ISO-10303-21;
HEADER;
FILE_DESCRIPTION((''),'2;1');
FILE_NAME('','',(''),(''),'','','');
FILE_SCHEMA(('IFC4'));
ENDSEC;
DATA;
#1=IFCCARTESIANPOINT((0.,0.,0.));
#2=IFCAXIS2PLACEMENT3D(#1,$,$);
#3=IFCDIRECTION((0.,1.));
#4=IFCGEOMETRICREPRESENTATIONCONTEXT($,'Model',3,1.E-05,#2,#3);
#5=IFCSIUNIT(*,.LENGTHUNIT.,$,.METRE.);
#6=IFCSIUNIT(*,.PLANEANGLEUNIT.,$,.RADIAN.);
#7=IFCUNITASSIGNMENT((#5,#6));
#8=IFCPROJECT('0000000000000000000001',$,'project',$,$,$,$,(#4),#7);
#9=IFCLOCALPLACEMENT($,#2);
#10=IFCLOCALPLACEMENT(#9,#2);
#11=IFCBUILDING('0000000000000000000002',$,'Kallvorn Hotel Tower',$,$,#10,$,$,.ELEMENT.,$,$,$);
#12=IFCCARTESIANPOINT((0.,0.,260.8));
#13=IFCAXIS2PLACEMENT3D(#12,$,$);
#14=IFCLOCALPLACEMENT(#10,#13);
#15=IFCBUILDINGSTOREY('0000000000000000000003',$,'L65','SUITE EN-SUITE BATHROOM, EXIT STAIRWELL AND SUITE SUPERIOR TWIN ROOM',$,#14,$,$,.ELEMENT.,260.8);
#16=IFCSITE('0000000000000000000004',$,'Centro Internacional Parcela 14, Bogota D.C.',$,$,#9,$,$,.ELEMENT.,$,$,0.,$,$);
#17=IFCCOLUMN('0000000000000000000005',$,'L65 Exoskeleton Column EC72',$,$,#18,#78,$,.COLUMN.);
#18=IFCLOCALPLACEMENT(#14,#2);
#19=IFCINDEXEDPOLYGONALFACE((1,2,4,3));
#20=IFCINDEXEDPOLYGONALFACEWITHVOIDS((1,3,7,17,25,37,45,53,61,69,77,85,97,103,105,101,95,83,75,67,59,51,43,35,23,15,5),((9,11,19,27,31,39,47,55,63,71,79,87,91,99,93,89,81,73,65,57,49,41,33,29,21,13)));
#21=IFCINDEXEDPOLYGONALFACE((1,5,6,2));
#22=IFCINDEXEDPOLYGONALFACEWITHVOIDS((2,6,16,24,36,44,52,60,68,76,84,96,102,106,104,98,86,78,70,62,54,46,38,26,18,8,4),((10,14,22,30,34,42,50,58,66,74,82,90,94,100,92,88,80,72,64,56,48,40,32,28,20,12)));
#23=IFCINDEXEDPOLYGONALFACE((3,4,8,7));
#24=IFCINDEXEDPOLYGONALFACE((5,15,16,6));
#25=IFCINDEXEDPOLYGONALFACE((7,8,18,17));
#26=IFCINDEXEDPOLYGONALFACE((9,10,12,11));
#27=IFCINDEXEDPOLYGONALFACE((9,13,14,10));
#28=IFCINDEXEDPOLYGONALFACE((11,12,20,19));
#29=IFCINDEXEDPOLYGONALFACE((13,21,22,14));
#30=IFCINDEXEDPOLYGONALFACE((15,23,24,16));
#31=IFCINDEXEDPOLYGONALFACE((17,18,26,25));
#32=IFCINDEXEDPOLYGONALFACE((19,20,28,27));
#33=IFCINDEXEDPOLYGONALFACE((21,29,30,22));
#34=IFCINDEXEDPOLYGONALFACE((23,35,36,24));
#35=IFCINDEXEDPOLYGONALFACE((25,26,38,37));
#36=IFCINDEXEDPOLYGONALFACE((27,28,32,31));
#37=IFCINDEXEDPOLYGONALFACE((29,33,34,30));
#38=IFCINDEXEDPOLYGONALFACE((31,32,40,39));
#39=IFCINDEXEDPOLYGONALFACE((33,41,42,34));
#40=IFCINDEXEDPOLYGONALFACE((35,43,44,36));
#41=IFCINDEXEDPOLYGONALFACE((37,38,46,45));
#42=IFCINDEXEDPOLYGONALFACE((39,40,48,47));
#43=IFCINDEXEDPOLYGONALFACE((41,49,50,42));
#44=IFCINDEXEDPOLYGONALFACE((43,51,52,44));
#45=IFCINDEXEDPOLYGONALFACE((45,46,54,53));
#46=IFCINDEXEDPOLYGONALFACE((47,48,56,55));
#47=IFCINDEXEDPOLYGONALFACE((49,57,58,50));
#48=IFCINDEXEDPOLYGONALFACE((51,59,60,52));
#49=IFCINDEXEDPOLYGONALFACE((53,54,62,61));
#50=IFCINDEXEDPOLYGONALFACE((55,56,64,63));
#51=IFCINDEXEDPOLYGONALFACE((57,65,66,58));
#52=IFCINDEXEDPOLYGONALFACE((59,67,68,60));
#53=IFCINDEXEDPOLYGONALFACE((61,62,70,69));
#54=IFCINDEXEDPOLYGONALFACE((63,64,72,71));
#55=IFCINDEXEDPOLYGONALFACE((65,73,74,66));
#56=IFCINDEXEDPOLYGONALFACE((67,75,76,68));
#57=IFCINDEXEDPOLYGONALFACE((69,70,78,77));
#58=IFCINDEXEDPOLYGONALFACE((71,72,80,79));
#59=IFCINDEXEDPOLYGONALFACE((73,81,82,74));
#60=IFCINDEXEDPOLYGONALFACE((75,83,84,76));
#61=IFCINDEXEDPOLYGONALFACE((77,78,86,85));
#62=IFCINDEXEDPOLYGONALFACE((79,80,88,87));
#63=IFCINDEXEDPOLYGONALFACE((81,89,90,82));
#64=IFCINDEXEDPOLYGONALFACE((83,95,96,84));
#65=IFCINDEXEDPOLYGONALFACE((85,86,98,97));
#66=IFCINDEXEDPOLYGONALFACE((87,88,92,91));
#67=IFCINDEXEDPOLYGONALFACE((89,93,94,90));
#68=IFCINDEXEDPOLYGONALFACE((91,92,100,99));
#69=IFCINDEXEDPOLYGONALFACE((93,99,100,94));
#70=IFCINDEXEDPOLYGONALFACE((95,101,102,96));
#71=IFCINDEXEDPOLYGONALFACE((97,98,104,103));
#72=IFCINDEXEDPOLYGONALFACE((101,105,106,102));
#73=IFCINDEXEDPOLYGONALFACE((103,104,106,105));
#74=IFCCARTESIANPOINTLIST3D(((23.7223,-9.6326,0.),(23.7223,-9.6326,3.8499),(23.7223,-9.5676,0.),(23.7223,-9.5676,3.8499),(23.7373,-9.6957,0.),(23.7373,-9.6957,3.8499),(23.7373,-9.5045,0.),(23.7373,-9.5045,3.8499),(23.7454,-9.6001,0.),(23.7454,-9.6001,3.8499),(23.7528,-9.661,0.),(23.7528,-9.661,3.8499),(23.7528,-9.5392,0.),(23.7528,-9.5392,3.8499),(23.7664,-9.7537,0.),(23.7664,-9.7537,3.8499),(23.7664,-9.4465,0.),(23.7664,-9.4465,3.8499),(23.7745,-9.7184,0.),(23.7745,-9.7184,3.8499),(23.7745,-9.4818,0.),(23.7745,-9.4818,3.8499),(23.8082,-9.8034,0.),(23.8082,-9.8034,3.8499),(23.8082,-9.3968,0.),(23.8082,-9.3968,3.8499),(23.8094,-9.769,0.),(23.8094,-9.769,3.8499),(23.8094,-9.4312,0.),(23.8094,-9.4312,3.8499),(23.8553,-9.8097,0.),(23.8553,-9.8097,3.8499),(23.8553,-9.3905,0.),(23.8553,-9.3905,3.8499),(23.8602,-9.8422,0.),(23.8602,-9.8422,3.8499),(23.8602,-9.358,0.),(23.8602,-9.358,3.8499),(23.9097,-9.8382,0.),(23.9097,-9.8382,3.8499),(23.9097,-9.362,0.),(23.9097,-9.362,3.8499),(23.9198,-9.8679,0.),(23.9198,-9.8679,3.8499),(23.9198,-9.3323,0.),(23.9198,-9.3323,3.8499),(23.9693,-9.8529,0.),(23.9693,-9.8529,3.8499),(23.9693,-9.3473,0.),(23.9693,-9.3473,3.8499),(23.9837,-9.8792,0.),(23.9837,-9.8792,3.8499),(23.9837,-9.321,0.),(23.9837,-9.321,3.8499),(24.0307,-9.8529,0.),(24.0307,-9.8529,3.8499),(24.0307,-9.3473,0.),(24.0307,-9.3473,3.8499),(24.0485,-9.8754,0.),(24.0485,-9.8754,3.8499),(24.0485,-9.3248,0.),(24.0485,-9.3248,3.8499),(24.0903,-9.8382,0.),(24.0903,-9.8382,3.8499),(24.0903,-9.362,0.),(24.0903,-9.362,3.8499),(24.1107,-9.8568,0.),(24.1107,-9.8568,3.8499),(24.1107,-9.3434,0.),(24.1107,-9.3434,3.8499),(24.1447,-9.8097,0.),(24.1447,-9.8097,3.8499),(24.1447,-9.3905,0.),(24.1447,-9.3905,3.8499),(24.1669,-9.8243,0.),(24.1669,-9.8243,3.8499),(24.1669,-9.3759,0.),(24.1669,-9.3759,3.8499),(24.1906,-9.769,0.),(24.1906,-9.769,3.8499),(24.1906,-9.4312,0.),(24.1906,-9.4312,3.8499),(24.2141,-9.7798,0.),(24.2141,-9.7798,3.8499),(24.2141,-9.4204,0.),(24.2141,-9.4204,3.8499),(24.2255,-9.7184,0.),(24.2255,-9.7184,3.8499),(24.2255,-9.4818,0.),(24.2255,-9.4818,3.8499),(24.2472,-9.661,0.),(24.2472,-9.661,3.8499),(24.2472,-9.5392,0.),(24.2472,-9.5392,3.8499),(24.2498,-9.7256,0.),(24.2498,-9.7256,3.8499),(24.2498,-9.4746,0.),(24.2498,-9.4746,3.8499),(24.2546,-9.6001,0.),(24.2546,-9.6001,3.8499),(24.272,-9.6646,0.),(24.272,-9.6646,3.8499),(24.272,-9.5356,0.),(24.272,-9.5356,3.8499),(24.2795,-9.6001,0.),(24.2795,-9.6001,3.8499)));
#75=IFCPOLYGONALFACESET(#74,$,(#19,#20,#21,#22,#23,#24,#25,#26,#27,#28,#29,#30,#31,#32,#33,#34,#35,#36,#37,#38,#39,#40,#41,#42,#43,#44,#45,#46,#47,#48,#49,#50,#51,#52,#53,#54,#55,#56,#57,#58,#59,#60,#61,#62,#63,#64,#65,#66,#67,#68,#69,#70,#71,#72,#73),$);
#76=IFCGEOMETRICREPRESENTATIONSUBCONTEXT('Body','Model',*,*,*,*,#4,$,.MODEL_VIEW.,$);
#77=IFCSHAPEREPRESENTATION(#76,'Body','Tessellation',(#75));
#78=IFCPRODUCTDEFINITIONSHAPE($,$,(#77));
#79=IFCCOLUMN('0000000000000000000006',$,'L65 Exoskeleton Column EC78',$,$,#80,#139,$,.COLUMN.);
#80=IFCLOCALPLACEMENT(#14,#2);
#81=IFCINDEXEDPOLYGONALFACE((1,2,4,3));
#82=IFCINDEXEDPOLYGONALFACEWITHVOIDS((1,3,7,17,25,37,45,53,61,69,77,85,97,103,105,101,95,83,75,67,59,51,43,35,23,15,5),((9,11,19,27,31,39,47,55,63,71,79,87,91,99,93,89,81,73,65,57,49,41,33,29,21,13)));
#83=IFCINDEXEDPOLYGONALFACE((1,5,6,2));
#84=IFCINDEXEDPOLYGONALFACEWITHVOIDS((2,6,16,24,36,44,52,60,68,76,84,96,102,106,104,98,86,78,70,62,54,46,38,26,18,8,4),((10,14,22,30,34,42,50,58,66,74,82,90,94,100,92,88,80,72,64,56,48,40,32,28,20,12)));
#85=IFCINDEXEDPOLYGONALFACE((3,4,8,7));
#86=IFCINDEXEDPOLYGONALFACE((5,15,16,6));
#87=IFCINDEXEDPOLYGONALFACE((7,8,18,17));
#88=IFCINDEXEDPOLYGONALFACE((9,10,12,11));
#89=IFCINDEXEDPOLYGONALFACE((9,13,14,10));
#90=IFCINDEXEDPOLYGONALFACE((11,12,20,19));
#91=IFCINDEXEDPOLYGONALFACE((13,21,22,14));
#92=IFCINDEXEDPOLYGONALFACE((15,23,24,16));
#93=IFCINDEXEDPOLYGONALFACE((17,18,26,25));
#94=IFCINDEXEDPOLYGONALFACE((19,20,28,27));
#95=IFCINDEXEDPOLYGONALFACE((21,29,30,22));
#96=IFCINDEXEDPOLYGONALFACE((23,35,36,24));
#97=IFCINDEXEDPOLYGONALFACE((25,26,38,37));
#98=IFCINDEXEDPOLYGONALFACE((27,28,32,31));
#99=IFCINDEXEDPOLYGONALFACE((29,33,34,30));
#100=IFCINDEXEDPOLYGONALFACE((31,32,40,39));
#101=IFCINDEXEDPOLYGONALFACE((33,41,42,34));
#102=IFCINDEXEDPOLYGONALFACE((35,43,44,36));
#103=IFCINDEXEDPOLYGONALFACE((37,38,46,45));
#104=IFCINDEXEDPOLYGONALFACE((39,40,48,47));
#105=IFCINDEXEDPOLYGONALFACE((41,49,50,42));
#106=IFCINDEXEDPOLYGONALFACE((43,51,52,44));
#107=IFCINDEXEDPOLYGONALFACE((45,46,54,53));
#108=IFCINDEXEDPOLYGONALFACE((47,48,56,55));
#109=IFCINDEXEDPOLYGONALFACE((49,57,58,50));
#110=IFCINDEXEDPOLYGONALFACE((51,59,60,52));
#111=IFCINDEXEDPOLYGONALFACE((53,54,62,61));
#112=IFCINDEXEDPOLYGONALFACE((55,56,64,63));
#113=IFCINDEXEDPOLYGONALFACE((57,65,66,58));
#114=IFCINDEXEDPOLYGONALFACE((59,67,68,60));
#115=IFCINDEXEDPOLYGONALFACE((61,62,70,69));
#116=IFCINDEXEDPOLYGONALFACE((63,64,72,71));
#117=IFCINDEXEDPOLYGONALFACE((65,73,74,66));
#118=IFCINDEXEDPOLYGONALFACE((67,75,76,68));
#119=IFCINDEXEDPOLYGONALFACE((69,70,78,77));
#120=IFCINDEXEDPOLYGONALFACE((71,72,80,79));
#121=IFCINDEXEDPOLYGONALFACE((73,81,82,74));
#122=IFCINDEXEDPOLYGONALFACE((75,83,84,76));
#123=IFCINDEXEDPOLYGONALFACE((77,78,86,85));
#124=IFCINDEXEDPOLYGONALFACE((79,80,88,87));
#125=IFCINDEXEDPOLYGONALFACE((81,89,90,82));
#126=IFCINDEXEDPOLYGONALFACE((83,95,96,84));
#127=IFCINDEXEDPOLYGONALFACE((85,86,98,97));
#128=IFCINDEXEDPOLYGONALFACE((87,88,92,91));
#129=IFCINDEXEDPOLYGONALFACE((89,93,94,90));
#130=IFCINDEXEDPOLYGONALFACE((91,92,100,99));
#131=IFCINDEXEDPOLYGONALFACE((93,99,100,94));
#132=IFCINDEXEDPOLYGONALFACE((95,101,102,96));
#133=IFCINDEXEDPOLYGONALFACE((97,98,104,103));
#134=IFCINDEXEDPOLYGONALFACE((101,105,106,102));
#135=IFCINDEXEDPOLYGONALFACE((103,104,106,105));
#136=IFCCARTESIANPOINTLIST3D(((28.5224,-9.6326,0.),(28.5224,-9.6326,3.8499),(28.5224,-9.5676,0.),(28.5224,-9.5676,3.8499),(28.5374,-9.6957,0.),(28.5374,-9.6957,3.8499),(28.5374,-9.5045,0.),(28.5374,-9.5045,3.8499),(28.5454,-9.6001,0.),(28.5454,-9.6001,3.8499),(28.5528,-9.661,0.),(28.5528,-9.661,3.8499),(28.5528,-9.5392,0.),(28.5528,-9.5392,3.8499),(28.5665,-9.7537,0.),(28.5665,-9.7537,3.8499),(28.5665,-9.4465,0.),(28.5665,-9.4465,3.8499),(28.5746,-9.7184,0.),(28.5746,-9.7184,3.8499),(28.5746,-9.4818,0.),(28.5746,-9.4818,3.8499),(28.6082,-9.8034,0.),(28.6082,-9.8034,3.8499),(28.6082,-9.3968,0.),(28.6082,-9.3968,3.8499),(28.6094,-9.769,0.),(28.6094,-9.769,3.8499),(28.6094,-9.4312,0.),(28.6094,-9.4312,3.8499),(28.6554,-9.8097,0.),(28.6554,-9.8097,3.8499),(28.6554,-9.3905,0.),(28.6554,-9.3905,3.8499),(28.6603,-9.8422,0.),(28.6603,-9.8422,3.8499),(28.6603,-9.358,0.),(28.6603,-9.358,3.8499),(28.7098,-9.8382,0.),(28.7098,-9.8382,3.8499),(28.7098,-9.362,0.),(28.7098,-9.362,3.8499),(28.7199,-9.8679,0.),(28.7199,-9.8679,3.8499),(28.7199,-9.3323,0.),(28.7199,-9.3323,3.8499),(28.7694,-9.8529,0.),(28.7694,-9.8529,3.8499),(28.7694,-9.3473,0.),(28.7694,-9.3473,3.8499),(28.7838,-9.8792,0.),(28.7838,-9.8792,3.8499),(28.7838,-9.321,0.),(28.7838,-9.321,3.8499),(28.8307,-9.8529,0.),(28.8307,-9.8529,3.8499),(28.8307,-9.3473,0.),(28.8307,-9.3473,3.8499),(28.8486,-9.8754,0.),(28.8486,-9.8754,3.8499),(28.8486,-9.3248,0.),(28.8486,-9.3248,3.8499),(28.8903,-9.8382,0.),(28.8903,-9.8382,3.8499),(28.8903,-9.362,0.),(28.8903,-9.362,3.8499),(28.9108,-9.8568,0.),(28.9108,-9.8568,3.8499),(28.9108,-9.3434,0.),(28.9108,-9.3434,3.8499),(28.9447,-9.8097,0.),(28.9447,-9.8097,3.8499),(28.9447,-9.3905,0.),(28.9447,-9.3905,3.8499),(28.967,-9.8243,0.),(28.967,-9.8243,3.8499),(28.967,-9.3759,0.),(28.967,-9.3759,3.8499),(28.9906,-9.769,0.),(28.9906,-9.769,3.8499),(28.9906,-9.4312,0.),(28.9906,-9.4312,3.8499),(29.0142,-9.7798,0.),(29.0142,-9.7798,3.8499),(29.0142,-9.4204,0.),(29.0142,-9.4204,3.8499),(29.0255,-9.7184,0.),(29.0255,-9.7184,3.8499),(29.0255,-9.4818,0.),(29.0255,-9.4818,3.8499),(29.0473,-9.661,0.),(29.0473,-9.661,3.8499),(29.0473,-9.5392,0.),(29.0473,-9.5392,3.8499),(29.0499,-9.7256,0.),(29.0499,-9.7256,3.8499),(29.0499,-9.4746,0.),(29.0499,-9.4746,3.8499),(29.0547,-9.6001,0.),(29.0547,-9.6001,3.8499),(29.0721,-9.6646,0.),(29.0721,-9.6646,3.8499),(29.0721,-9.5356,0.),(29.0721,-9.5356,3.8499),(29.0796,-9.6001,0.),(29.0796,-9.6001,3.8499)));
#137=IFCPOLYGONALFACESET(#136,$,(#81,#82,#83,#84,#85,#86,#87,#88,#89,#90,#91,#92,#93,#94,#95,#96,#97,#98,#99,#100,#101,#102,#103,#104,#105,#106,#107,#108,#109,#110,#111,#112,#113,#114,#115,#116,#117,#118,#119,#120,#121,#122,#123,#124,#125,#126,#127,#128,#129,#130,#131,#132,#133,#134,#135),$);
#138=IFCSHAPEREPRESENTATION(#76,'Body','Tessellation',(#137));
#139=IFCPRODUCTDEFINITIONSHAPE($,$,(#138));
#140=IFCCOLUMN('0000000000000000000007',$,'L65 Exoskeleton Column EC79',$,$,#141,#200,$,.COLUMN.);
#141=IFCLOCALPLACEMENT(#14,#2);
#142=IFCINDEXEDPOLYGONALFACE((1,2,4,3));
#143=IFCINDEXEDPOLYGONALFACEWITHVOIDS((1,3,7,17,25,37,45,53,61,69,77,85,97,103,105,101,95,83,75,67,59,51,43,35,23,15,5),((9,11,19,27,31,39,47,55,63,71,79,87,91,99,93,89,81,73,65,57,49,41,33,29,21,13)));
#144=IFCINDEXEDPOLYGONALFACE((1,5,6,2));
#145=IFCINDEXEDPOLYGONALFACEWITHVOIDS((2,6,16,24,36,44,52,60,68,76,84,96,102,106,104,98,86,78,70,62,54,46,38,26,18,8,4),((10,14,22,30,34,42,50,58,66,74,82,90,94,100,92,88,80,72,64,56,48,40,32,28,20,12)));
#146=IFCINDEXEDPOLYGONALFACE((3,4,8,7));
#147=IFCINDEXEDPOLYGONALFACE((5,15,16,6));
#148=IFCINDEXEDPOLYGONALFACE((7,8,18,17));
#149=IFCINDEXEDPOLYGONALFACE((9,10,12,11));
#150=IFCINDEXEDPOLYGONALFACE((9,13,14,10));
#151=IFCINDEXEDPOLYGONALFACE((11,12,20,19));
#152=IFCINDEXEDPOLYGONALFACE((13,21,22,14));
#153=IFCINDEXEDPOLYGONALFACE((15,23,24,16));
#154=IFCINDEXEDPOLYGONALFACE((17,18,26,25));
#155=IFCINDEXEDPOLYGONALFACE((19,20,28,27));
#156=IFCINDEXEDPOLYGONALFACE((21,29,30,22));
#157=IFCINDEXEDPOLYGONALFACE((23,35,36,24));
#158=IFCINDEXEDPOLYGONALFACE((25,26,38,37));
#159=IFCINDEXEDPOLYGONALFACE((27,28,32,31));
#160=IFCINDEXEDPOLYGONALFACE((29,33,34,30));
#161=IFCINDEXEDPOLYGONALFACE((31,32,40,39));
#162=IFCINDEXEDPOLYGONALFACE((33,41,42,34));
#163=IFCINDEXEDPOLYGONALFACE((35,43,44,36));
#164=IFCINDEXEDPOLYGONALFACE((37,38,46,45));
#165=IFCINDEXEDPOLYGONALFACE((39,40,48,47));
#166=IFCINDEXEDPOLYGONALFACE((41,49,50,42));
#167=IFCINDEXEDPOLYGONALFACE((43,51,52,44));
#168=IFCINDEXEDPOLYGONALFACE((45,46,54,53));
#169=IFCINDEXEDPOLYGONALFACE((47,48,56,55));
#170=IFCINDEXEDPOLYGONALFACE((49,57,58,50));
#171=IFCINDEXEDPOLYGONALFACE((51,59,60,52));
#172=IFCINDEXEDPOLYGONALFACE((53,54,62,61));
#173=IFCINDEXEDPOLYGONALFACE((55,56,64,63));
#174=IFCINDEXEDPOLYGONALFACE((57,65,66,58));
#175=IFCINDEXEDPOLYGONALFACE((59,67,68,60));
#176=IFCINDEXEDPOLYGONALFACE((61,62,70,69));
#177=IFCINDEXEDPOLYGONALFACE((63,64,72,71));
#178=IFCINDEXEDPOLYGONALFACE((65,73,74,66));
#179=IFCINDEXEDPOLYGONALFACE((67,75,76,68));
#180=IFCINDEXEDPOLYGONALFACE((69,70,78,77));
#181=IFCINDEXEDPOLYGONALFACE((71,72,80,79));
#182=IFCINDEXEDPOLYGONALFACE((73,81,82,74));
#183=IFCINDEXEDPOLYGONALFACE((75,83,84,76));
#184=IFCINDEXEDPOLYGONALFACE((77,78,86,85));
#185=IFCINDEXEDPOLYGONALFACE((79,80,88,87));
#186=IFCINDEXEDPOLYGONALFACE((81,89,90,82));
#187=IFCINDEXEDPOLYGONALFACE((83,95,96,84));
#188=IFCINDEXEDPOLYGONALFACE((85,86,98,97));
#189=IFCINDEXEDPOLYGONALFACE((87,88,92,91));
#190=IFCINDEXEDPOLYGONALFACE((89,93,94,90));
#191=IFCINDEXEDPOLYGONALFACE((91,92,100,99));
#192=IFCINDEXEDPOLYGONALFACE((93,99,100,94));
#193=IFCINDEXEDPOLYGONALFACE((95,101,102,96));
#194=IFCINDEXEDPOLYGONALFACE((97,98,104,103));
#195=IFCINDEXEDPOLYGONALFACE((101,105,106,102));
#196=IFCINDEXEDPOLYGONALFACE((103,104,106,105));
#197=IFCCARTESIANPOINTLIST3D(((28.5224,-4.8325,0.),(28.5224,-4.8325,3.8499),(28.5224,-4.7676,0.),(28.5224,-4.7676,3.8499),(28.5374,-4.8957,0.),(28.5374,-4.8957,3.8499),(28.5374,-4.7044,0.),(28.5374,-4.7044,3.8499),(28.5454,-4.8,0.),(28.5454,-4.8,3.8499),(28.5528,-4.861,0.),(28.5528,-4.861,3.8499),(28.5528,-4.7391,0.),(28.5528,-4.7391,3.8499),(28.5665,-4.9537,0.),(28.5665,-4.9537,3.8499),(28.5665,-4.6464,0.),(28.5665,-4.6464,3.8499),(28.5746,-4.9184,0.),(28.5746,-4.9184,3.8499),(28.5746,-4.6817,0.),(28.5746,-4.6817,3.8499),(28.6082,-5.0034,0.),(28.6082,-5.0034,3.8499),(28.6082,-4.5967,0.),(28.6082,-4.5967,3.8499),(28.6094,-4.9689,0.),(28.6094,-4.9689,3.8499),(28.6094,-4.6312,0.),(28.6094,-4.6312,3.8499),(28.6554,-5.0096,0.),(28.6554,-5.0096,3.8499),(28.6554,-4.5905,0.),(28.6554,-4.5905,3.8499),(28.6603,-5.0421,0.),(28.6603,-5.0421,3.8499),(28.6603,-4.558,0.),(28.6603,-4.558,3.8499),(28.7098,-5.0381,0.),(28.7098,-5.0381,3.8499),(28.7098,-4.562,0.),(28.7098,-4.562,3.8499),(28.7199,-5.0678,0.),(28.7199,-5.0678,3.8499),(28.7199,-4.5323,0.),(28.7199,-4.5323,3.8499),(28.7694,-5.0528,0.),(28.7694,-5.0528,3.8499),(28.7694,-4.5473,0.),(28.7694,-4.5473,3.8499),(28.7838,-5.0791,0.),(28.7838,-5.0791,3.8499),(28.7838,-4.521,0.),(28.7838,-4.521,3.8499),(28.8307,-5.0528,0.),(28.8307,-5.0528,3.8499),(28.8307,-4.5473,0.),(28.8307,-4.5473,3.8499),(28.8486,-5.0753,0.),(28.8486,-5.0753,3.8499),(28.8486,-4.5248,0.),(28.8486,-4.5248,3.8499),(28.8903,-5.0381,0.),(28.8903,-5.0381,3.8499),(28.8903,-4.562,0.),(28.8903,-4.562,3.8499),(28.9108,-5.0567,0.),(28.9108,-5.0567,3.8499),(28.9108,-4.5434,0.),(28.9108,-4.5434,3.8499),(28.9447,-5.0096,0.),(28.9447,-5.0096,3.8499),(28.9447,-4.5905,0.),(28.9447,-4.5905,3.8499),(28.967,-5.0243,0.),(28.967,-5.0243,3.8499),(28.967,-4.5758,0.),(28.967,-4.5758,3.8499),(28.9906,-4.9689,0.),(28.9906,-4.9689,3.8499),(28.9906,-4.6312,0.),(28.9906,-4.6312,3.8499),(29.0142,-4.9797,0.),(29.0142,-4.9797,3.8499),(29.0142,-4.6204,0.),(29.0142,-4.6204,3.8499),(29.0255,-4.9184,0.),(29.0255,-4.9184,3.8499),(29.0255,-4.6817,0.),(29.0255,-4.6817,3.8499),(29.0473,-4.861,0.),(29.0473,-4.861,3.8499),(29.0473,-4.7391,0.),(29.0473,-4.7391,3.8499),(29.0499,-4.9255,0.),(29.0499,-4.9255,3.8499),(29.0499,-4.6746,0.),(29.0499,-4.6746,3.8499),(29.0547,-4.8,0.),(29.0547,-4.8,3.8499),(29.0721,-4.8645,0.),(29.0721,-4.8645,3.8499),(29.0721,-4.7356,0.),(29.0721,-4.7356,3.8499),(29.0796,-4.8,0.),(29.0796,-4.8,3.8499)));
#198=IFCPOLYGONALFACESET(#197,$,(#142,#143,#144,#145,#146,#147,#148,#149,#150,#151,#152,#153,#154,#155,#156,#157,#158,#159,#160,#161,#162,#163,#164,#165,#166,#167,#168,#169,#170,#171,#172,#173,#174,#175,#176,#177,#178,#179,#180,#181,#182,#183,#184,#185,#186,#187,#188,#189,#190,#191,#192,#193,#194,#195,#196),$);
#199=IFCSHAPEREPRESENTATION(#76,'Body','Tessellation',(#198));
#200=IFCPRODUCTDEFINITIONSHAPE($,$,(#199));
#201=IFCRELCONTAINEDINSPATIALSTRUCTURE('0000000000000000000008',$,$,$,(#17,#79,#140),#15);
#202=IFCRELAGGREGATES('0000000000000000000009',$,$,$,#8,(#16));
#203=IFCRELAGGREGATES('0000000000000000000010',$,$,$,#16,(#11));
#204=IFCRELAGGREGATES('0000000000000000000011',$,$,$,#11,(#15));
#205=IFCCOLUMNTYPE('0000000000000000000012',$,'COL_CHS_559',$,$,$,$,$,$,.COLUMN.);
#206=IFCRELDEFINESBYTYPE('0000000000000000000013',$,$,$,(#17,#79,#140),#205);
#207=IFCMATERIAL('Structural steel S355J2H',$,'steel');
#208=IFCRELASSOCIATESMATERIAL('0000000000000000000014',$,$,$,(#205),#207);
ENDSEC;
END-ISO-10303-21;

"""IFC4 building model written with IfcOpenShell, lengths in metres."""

from ifc_helpers import new_model, si_unit, direction, frame, origin, origin_2d, place, context, subcontext, project, spatial, hollow_circle, extrude, material, material_profile, profile_set, type_object, element, save


model = new_model("IFC4")

# Units and contexts
model_context = context("Model", 3, precision=1e-05, world=origin(), true_north=direction((0.0, 1.0)))
body_context = subcontext(model_context, "Body", "Model", "MODEL_VIEW")
ifc_project = project(units=[si_unit("LENGTHUNIT", "METRE"), si_unit("PLANEANGLEUNIT", "RADIAN")], contexts=[model_context])

# Site, building, storey
site_placement = place(None, origin())
site = spatial("IfcSite", under=ifc_project, at=site_placement, Name="Centro Internacional Parcela 14, Bogota D.C.", CompositionType="ELEMENT", RefElevation=0.0)
building_placement = place(site_placement, origin())
building = spatial("IfcBuilding", under=site, at=building_placement, Name="Kallvorn Hotel Tower", CompositionType="ELEMENT")
storey_placement = place(building_placement, frame((0.0, 0.0, 260.8)))
storey = spatial("IfcBuildingStorey", under=building, at=storey_placement, Name="L65", Description="SUITE EN-SUITE BATHROOM, EXIT STAIRWELL AND SUITE SUPERIOR TWIN ROOM", CompositionType="ELEMENT", Elevation=260.8)

# Columns
ifc_material_1 = material(Name="Structural steel S355J2H", Category="steel")
ifc_material_profile_1 = material_profile(ifc_material_1, hollow_circle(Radius=0.2795, WallThickness=0.0249, at=origin_2d()), Name="CHS 559x25")
ifc_profile_set_1 = profile_set([ifc_material_profile_1], Name="Structural steel S355J2H")
column_type_1 = type_object("IfcColumnType", Name="COL_CHS_559", PredefinedType="COLUMN", material=ifc_profile_set_1)
for number, where, z_axis, x_axis, name in (
    (1, (24.0, -9.6001, 0.0), (0.0, 0.0, 1.0), (1.0, 0.0, 0.0), "L65 Exoskeleton Column EC72"),
    (2, (28.8, -9.6001, 0.0), (0.0, 0.0, 1.0), (1.0, 0.0, 0.0), "L65 Exoskeleton Column EC78"),
    (3, (28.8, -4.8, 0.0), (0.0, 0.0, 1.0), (1.0, 0.0, 0.0), "L65 Exoskeleton Column EC79"),
):
    element("IfcColumn", number, at=place(storey_placement, frame(where, z_axis=z_axis, x_axis=x_axis)), inside=storey, type_object=column_type_1, Name=name, PredefinedType="COLUMN", context=body_context, shape_type="SweptSolid", body=[
        extrude(hollow_circle(Radius=0.2795, WallThickness=0.0249, at=origin_2d()), origin(), (0.0, 0.0, 1.0), 3.8499),
    ])

save(model, "model.ifc")
